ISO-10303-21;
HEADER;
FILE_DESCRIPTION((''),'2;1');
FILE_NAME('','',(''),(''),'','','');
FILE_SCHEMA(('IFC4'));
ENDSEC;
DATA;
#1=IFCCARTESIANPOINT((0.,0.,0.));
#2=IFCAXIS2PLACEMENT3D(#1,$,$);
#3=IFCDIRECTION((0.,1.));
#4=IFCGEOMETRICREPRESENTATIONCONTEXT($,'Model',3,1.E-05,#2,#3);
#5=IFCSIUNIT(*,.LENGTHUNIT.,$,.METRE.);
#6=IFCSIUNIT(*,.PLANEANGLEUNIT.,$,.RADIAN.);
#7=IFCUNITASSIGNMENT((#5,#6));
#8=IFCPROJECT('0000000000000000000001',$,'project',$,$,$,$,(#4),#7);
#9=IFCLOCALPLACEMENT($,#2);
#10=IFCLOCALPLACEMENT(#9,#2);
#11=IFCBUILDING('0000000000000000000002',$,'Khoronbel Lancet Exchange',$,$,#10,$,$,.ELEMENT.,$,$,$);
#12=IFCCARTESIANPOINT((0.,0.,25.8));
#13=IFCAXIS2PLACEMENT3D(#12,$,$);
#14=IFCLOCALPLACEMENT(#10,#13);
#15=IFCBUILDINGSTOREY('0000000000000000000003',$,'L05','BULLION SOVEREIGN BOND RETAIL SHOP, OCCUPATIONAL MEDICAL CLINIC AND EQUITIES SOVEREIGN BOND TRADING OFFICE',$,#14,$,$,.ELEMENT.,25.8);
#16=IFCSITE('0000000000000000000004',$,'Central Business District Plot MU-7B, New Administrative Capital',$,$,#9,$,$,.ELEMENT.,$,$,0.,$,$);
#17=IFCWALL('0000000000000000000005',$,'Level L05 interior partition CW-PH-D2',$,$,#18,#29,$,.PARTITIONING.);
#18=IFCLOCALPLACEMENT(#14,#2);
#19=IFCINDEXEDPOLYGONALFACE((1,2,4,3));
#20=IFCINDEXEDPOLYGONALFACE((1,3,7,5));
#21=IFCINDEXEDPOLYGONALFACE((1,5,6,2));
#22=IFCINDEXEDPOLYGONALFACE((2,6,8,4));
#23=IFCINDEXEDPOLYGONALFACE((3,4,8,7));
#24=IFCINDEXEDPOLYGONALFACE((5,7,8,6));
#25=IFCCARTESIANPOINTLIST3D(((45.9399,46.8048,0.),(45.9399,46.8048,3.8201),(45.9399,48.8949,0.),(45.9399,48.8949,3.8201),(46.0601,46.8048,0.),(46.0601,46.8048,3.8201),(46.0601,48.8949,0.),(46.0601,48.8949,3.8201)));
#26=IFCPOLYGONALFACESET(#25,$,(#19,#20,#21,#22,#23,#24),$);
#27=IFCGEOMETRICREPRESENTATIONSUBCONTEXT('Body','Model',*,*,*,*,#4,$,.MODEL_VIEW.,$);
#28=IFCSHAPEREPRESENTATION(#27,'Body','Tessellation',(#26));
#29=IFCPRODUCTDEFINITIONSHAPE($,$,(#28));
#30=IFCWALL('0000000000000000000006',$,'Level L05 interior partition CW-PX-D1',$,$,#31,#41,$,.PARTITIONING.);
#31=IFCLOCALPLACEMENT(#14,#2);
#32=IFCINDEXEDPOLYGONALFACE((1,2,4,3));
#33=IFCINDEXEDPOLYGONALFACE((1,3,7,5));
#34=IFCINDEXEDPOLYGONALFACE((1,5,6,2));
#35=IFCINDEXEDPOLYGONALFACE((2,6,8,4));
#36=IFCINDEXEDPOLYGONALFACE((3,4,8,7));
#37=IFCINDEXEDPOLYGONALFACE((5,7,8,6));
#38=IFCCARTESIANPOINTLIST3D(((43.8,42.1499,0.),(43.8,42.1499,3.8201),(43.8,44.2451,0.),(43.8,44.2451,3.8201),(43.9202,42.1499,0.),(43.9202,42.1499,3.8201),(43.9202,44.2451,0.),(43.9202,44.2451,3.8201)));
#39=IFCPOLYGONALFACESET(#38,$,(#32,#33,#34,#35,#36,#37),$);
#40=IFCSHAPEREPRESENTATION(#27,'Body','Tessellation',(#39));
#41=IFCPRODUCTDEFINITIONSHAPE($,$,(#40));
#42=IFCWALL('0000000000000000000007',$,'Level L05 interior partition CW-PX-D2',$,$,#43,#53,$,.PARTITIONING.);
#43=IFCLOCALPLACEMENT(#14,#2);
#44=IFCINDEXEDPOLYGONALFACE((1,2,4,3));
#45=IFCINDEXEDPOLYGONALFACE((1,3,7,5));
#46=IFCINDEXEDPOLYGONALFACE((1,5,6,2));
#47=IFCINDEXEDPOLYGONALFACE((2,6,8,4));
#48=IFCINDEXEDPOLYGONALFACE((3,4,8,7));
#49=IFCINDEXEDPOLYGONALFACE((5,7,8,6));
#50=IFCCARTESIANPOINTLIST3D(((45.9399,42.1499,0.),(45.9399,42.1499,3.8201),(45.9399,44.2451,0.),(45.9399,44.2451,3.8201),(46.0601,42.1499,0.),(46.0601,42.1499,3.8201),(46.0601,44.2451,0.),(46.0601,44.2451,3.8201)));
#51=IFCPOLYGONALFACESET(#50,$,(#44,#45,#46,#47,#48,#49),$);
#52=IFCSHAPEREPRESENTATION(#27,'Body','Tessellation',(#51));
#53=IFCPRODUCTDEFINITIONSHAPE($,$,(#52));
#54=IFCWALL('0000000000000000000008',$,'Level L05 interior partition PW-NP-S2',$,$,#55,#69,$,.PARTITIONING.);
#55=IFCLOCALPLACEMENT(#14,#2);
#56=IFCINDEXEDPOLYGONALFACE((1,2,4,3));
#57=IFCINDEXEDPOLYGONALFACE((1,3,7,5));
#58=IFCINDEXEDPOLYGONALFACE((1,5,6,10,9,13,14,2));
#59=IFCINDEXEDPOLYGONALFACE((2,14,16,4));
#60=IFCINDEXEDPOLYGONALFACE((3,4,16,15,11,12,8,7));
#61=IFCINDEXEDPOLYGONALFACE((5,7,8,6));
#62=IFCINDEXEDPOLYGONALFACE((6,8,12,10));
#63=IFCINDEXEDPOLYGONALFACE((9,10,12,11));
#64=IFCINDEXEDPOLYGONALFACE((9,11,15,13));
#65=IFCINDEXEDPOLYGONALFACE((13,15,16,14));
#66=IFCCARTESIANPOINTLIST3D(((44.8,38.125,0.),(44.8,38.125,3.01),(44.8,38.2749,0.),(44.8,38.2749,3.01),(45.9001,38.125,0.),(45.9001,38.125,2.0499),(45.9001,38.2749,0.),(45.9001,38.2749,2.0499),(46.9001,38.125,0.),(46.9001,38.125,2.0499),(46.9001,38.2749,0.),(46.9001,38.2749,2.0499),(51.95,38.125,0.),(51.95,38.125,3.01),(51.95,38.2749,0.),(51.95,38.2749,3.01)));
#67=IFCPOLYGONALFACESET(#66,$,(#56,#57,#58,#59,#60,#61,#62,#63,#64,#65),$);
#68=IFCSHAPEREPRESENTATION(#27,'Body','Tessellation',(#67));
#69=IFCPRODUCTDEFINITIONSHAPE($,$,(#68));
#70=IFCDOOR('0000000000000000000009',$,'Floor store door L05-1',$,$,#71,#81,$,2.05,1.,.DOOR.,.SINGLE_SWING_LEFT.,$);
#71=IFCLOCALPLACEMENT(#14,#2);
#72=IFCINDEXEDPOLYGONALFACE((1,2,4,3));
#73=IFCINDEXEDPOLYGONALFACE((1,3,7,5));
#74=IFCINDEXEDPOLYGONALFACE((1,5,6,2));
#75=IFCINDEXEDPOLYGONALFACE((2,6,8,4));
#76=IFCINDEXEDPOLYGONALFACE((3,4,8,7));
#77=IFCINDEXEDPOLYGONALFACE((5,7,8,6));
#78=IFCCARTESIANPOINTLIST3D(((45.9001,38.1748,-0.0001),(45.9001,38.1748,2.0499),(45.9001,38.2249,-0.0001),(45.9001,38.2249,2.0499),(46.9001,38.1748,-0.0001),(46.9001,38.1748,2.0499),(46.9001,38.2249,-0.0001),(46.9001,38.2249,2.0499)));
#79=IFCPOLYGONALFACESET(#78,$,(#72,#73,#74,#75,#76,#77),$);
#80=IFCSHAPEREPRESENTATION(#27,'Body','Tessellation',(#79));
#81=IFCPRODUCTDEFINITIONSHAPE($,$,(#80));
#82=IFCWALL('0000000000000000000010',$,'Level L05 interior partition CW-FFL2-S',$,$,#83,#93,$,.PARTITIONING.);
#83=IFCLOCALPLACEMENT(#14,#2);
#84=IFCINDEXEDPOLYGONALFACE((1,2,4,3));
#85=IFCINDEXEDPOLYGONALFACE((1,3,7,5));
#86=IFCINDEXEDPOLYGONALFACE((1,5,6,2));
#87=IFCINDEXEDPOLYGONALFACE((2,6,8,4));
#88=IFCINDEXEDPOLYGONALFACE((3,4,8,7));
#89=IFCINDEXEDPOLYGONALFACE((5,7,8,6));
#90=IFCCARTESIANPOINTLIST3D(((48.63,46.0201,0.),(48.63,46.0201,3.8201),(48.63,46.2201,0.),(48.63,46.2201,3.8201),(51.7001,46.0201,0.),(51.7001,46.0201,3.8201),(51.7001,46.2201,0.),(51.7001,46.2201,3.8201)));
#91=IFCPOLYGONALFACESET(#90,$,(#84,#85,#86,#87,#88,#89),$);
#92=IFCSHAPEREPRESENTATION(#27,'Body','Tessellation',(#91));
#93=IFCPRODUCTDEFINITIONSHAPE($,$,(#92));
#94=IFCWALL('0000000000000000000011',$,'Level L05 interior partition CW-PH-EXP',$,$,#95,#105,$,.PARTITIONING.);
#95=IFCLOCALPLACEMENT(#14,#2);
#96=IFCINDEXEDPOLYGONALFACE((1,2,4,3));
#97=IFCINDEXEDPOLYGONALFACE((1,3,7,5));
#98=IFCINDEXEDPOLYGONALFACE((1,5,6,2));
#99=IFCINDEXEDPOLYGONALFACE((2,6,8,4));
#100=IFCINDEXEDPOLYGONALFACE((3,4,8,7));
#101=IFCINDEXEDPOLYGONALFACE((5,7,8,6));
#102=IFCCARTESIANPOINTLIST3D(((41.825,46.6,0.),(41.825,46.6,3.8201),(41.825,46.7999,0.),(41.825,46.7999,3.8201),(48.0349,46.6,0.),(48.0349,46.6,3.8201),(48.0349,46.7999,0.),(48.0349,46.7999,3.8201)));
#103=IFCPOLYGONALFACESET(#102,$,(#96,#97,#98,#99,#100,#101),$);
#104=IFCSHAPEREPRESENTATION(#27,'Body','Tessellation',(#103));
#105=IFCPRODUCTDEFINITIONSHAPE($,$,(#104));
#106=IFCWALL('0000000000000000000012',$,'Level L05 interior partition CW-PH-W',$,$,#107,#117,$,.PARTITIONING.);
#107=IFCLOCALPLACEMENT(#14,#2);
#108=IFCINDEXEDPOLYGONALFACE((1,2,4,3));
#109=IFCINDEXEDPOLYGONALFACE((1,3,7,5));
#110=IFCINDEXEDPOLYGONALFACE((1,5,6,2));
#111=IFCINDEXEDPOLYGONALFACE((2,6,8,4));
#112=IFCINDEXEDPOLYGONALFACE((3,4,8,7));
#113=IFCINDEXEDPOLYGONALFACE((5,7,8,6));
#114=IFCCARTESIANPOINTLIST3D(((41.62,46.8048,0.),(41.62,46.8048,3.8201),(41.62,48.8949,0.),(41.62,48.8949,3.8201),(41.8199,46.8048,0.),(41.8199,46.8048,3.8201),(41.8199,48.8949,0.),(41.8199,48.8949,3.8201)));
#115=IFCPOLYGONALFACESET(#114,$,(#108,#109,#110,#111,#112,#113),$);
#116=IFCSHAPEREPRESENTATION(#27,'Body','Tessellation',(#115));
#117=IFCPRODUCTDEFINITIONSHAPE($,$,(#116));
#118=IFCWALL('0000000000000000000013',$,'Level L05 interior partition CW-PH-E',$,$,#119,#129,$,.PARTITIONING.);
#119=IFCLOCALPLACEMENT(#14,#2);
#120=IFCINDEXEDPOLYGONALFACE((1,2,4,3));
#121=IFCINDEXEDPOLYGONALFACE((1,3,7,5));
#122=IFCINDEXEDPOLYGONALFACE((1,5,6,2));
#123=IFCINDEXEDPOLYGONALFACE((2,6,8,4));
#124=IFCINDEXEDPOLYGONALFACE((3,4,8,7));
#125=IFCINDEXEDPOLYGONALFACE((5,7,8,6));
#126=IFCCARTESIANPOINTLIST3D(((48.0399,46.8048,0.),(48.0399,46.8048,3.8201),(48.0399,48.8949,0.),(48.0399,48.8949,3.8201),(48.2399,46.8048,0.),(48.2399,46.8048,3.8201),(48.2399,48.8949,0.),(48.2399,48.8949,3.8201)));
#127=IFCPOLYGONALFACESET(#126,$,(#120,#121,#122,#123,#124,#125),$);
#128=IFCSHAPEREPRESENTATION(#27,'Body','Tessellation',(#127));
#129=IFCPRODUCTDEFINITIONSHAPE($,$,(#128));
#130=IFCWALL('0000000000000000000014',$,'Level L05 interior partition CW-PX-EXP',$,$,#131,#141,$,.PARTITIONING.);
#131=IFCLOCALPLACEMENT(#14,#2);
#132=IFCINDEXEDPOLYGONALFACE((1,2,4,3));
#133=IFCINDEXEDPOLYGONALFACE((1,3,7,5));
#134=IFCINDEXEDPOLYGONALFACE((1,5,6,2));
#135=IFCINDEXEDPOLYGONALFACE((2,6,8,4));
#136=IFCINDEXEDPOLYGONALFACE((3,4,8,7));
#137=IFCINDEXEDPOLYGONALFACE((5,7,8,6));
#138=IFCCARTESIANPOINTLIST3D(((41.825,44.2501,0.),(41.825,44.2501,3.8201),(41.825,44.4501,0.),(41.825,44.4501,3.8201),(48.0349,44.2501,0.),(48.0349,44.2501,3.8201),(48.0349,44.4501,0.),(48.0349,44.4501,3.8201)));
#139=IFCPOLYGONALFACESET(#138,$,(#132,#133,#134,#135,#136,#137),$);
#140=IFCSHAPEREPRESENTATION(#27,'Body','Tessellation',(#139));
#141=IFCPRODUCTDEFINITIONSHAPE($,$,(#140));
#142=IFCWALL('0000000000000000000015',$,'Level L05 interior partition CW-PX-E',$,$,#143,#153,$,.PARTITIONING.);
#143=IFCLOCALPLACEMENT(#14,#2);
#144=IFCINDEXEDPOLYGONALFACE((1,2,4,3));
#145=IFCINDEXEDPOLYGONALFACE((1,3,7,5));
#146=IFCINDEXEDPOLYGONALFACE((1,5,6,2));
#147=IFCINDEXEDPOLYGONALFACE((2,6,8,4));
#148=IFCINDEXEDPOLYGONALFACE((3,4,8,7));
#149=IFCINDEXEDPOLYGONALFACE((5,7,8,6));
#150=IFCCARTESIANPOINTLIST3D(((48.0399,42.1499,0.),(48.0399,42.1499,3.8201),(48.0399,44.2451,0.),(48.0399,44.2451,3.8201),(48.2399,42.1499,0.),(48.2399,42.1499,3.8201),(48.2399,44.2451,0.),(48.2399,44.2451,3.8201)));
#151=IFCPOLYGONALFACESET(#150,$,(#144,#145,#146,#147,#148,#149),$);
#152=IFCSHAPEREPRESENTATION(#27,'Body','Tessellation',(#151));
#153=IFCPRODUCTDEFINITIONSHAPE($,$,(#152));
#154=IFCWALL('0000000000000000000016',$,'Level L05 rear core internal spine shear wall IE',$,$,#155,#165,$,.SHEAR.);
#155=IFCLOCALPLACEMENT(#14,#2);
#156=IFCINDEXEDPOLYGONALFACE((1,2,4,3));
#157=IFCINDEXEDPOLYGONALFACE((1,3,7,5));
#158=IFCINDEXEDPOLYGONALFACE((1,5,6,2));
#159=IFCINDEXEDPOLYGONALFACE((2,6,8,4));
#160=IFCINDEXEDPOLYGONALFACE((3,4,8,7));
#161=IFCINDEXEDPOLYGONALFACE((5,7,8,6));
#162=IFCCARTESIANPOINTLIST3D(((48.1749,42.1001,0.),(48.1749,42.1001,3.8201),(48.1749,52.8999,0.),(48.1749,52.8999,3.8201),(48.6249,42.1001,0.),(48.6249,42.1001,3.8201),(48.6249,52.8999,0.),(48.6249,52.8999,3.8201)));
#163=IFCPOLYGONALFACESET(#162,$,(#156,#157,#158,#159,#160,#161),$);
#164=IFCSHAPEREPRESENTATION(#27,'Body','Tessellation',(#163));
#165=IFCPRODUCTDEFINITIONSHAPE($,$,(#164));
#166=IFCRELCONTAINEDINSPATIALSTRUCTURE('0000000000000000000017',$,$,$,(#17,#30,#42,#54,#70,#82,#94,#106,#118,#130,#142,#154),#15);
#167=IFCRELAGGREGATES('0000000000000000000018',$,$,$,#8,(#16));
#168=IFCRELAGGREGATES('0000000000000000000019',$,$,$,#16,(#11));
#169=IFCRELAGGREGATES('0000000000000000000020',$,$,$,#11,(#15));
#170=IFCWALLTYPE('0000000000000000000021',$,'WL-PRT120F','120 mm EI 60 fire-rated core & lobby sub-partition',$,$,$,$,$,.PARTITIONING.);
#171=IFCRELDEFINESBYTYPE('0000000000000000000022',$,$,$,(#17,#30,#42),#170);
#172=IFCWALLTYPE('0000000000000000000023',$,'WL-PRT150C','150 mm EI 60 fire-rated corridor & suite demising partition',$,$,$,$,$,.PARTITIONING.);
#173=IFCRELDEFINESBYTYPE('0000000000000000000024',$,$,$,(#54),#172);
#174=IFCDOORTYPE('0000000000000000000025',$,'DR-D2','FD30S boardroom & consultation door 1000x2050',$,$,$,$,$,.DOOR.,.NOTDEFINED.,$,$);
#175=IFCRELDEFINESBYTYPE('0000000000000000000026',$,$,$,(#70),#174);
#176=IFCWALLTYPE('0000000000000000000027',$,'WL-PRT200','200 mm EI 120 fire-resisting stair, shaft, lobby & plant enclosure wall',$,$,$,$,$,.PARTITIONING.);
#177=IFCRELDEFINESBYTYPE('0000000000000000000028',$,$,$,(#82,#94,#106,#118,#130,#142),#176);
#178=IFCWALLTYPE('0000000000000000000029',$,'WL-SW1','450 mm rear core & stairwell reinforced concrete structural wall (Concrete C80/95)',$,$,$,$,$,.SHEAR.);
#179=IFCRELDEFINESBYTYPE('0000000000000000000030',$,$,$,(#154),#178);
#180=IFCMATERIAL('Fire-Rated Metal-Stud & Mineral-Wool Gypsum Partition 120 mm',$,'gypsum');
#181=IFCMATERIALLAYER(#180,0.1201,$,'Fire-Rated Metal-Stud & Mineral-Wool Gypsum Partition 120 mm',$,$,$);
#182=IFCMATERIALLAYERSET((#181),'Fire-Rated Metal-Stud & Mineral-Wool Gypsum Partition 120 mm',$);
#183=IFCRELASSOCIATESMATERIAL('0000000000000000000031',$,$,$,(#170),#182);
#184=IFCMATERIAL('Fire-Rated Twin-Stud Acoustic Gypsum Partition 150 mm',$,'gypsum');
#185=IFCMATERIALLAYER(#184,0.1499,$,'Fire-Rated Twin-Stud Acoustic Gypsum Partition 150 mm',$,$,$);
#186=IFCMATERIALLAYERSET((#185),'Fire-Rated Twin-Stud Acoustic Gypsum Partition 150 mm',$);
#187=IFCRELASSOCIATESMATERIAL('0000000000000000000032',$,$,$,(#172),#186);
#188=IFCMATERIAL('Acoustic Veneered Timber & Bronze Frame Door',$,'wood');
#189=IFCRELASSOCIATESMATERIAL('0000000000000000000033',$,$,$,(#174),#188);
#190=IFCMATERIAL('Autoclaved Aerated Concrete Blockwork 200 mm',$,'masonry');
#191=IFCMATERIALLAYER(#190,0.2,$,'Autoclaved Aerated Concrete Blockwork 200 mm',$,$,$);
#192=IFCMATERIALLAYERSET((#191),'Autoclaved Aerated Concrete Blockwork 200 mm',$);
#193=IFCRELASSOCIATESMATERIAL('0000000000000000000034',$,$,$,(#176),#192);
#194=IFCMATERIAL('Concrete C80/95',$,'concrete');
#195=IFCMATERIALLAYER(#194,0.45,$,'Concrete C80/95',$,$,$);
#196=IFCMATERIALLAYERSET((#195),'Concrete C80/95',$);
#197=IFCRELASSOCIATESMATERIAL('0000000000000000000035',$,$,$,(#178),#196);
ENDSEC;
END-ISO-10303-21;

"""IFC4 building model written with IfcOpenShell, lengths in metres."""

from ifc_helpers import new_model, si_unit, direction, frame, frame_2d, origin, place, context, subcontext, project, spatial, rectangle, extrude, material, layer, layer_set, type_object, element, fill, save


model = new_model("IFC4")

# Units and contexts
model_context = context("Model", 3, precision=1e-05, world=origin(), true_north=direction((0.0, 1.0)))
body_context = subcontext(model_context, "Body", "Model", "MODEL_VIEW")
ifc_project = project(units=[si_unit("LENGTHUNIT", "METRE"), si_unit("PLANEANGLEUNIT", "RADIAN")], contexts=[model_context])

# Site, building, storey
site_placement = place(None, origin())
site = spatial("IfcSite", under=ifc_project, at=site_placement, Name="Central Business District Plot MU-7B, New Administrative Capital", CompositionType="ELEMENT", RefElevation=0.0)
building_placement = place(site_placement, origin())
building = spatial("IfcBuilding", under=site, at=building_placement, Name="Khoronbel Lancet Exchange", CompositionType="ELEMENT")
storey_placement = place(building_placement, frame((0.0, 0.0, 25.8)))
storey = spatial("IfcBuildingStorey", under=building, at=storey_placement, Name="L05", Description="BULLION SOVEREIGN BOND RETAIL SHOP, OCCUPATIONAL MEDICAL CLINIC AND EQUITIES SOVEREIGN BOND TRADING OFFICE", CompositionType="ELEMENT", Elevation=25.8)

# Walls
ifc_material_1 = material(Name="Fire-Rated Metal-Stud & Mineral-Wool Gypsum Partition 120 mm", Category="gypsum")
ifc_layer_1 = layer(ifc_material_1, 0.1201, Name="Fire-Rated Metal-Stud & Mineral-Wool Gypsum Partition 120 mm")
ifc_layer_set_1 = layer_set([ifc_layer_1], Name="Fire-Rated Metal-Stud & Mineral-Wool Gypsum Partition 120 mm")
wall_type_1 = type_object("IfcWallType", Name="WL-PRT120F", Description="120 mm EI 60 fire-rated core & lobby sub-partition", PredefinedType="PARTITIONING", material=ifc_layer_set_1)
for number, where, z_axis, x_axis, name in (
    (1, (46.0, 46.8049, 0.0), (0.0, 0.0, 1.0), (0.0, 1.0, 0.0), "Level L05 interior partition CW-PH-D2"),
):
    element("IfcWall", number, at=place(storey_placement, frame(where, z_axis=z_axis, x_axis=x_axis)), inside=storey, type_object=wall_type_1, Name=name, PredefinedType="PARTITIONING", context=body_context, shape_type="SweptSolid", body=[
        extrude(rectangle(XDim=2.0901, YDim=0.1201, at=frame_2d((1.0449, 0.0))), origin(), (0.0, 0.0, 1.0), 3.8201),
    ])
for number, where, z_axis, x_axis, name in (
    (2, (43.8601, 42.1499, 0.0), (0.0, 0.0, 1.0), (0.0, 1.0, 0.0), "Level L05 interior partition CW-PX-D1"),
    (3, (46.0, 42.1499, 0.0), (0.0, 0.0, 1.0), (0.0, 1.0, 0.0), "Level L05 interior partition CW-PX-D2"),
):
    element("IfcWall", number, at=place(storey_placement, frame(where, z_axis=z_axis, x_axis=x_axis)), inside=storey, type_object=wall_type_1, Name=name, PredefinedType="PARTITIONING", context=body_context, shape_type="SweptSolid", body=[
        extrude(rectangle(XDim=2.0952, YDim=0.1201, at=frame_2d((1.0476, 0.0))), origin(), (0.0, 0.0, 1.0), 3.8201),
    ])

# Wall, opening, door
ifc_material_2 = material(Name="Fire-Rated Twin-Stud Acoustic Gypsum Partition 150 mm", Category="gypsum")
ifc_layer_2 = layer(ifc_material_2, 0.1499, Name="Fire-Rated Twin-Stud Acoustic Gypsum Partition 150 mm")
ifc_layer_set_2 = layer_set([ifc_layer_2], Name="Fire-Rated Twin-Stud Acoustic Gypsum Partition 150 mm")
wall_type_2 = type_object("IfcWallType", Name="WL-PRT150C", Description="150 mm EI 60 fire-rated corridor & suite demising partition", PredefinedType="PARTITIONING", material=ifc_layer_set_2)
wall_1_placement = place(storey_placement, frame((44.8, 38.2, 0.0), z_axis=(0.0, 0.0, 1.0), x_axis=(1.0, 0.0, 0.0)))
wall_1 = element("IfcWall", 4, at=wall_1_placement, inside=storey, type_object=wall_type_2, Name="Level L05 interior partition PW-NP-S2", PredefinedType="PARTITIONING", context=body_context, shape_type="SweptSolid", body=[
    extrude(rectangle(XDim=7.1499, YDim=0.1499, at=frame_2d((3.575, 0.0))), origin(), (0.0, 0.0, 1.0), 3.01),
])
opening_1_placement = place(wall_1_placement, frame((1.1001, 0.0, 0.0)))
opening_1 = element("IfcOpeningElement", 5, at=opening_1_placement, cuts=wall_1, PredefinedType="OPENING", context=body_context, shape_type="SweptSolid", body=[
    extrude(rectangle(XDim=1.0, YDim=2.05, at=frame_2d((0.5, 1.0249))), frame((0.0, 0.085, 0.0), z_axis=(0.0, -1.0, 0.0), x_axis=(1.0, 0.0, 0.0)), (0.0, 0.0, 1.0), 0.1699),
])
ifc_material_3 = material(Name="Acoustic Veneered Timber & Bronze Frame Door", Category="wood")
door_type_1 = type_object("IfcDoorType", Name="DR-D2", Description="FD30S boardroom & consultation door 1000x2050", OperationType="NOTDEFINED", PredefinedType="DOOR", material=ifc_material_3)
door_1_placement = place(opening_1_placement, origin())
door_1 = element("IfcDoor", 6, at=door_1_placement, inside=storey, type_object=door_type_1, Name="Floor store door L05-1", OperationType="SINGLE_SWING_LEFT", OverallHeight=2.05, OverallWidth=1.0, PredefinedType="DOOR", context=body_context, shape_type="SweptSolid", body=[
    extrude(rectangle(XDim=1.0, YDim=2.05, at=frame_2d((0.5, 1.0249))), frame((0.0, 0.0249, 0.0), z_axis=(0.0, -1.0, 0.0), x_axis=(1.0, 0.0, 0.0)), (0.0, 0.0, 1.0), 0.05),
])
fill(opening_1, door_1)

# Walls
ifc_material_4 = material(Name="Autoclaved Aerated Concrete Blockwork 200 mm", Category="masonry")
ifc_layer_3 = layer(ifc_material_4, 0.2, Name="Autoclaved Aerated Concrete Blockwork 200 mm")
ifc_layer_set_3 = layer_set([ifc_layer_3], Name="Autoclaved Aerated Concrete Blockwork 200 mm")
wall_type_3 = type_object("IfcWallType", Name="WL-PRT200", Description="200 mm EI 120 fire-resisting stair, shaft, lobby & plant enclosure wall", PredefinedType="PARTITIONING", material=ifc_layer_set_3)
wall_2_placement = place(storey_placement, frame((48.6299, 46.1201, 0.0), z_axis=(0.0, 0.0, 1.0), x_axis=(1.0, 0.0, 0.0)))
element("IfcWall", 7, at=wall_2_placement, inside=storey, type_object=wall_type_3, Name="Level L05 interior partition CW-FFL2-S", PredefinedType="PARTITIONING", context=body_context, shape_type="SweptSolid", body=[
    extrude(rectangle(XDim=3.0701, YDim=0.2, at=frame_2d((1.5352, 0.0))), origin(), (0.0, 0.0, 1.0), 3.8201),
])
wall_3_placement = place(storey_placement, frame((41.825, 46.7, 0.0), z_axis=(0.0, 0.0, 1.0), x_axis=(1.0, 0.0, 0.0)))
element("IfcWall", 8, at=wall_3_placement, inside=storey, type_object=wall_type_3, Name="Level L05 interior partition CW-PH-EXP", PredefinedType="PARTITIONING", context=body_context, shape_type="SweptSolid", body=[
    extrude(rectangle(XDim=6.21, YDim=0.2, at=frame_2d((3.105, 0.0))), origin(), (0.0, 0.0, 1.0), 3.8201),
])
for number, where, z_axis, x_axis, name in (
    (9, (41.72, 46.8049, 0.0), (0.0, 0.0, 1.0), (0.0, 1.0, 0.0), "Level L05 interior partition CW-PH-W"),
    (10, (48.1399, 46.8049, 0.0), (0.0, 0.0, 1.0), (0.0, 1.0, 0.0), "Level L05 interior partition CW-PH-E"),
):
    element("IfcWall", number, at=place(storey_placement, frame(where, z_axis=z_axis, x_axis=x_axis)), inside=storey, type_object=wall_type_3, Name=name, PredefinedType="PARTITIONING", context=body_context, shape_type="SweptSolid", body=[
        extrude(rectangle(XDim=2.0901, YDim=0.2, at=frame_2d((1.0449, 0.0))), origin(), (0.0, 0.0, 1.0), 3.8201),
    ])
wall_4_placement = place(storey_placement, frame((41.825, 44.3501, 0.0), z_axis=(0.0, 0.0, 1.0), x_axis=(1.0, 0.0, 0.0)))
element("IfcWall", 11, at=wall_4_placement, inside=storey, type_object=wall_type_3, Name="Level L05 interior partition CW-PX-EXP", PredefinedType="PARTITIONING", context=body_context, shape_type="SweptSolid", body=[
    extrude(rectangle(XDim=6.21, YDim=0.2, at=frame_2d((3.105, 0.0))), origin(), (0.0, 0.0, 1.0), 3.8201),
])
wall_5_placement = place(storey_placement, frame((48.1399, 42.1499, 0.0), z_axis=(0.0, 0.0, 1.0), x_axis=(0.0, 1.0, 0.0)))
element("IfcWall", 12, at=wall_5_placement, inside=storey, type_object=wall_type_3, Name="Level L05 interior partition CW-PX-E", PredefinedType="PARTITIONING", context=body_context, shape_type="SweptSolid", body=[
    extrude(rectangle(XDim=2.0952, YDim=0.2, at=frame_2d((1.0476, 0.0))), origin(), (0.0, 0.0, 1.0), 3.8201),
])
ifc_material_5 = material(Name="Concrete C80/95", Category="concrete")
ifc_layer_4 = layer(ifc_material_5, 0.45, Name="Concrete C80/95")
ifc_layer_set_4 = layer_set([ifc_layer_4], Name="Concrete C80/95")
wall_type_4 = type_object("IfcWallType", Name="WL-SW1", Description="450 mm rear core & stairwell reinforced concrete structural wall (Concrete C80/95)", PredefinedType="SHEAR", material=ifc_layer_set_4)
wall_6_placement = place(storey_placement, frame((48.3999, 42.1001, 0.0), z_axis=(0.0, 0.0, 1.0), x_axis=(0.0, 1.0, 0.0)))
element("IfcWall", 13, at=wall_6_placement, inside=storey, type_object=wall_type_4, Name="Level L05 rear core internal spine shear wall IE", PredefinedType="SHEAR", context=body_context, shape_type="SweptSolid", body=[
    extrude(rectangle(XDim=10.7998, YDim=0.45, at=frame_2d((5.3999, 0.0))), origin(), (0.0, 0.0, 1.0), 3.8201),
])

save(model, "model.ifc")
